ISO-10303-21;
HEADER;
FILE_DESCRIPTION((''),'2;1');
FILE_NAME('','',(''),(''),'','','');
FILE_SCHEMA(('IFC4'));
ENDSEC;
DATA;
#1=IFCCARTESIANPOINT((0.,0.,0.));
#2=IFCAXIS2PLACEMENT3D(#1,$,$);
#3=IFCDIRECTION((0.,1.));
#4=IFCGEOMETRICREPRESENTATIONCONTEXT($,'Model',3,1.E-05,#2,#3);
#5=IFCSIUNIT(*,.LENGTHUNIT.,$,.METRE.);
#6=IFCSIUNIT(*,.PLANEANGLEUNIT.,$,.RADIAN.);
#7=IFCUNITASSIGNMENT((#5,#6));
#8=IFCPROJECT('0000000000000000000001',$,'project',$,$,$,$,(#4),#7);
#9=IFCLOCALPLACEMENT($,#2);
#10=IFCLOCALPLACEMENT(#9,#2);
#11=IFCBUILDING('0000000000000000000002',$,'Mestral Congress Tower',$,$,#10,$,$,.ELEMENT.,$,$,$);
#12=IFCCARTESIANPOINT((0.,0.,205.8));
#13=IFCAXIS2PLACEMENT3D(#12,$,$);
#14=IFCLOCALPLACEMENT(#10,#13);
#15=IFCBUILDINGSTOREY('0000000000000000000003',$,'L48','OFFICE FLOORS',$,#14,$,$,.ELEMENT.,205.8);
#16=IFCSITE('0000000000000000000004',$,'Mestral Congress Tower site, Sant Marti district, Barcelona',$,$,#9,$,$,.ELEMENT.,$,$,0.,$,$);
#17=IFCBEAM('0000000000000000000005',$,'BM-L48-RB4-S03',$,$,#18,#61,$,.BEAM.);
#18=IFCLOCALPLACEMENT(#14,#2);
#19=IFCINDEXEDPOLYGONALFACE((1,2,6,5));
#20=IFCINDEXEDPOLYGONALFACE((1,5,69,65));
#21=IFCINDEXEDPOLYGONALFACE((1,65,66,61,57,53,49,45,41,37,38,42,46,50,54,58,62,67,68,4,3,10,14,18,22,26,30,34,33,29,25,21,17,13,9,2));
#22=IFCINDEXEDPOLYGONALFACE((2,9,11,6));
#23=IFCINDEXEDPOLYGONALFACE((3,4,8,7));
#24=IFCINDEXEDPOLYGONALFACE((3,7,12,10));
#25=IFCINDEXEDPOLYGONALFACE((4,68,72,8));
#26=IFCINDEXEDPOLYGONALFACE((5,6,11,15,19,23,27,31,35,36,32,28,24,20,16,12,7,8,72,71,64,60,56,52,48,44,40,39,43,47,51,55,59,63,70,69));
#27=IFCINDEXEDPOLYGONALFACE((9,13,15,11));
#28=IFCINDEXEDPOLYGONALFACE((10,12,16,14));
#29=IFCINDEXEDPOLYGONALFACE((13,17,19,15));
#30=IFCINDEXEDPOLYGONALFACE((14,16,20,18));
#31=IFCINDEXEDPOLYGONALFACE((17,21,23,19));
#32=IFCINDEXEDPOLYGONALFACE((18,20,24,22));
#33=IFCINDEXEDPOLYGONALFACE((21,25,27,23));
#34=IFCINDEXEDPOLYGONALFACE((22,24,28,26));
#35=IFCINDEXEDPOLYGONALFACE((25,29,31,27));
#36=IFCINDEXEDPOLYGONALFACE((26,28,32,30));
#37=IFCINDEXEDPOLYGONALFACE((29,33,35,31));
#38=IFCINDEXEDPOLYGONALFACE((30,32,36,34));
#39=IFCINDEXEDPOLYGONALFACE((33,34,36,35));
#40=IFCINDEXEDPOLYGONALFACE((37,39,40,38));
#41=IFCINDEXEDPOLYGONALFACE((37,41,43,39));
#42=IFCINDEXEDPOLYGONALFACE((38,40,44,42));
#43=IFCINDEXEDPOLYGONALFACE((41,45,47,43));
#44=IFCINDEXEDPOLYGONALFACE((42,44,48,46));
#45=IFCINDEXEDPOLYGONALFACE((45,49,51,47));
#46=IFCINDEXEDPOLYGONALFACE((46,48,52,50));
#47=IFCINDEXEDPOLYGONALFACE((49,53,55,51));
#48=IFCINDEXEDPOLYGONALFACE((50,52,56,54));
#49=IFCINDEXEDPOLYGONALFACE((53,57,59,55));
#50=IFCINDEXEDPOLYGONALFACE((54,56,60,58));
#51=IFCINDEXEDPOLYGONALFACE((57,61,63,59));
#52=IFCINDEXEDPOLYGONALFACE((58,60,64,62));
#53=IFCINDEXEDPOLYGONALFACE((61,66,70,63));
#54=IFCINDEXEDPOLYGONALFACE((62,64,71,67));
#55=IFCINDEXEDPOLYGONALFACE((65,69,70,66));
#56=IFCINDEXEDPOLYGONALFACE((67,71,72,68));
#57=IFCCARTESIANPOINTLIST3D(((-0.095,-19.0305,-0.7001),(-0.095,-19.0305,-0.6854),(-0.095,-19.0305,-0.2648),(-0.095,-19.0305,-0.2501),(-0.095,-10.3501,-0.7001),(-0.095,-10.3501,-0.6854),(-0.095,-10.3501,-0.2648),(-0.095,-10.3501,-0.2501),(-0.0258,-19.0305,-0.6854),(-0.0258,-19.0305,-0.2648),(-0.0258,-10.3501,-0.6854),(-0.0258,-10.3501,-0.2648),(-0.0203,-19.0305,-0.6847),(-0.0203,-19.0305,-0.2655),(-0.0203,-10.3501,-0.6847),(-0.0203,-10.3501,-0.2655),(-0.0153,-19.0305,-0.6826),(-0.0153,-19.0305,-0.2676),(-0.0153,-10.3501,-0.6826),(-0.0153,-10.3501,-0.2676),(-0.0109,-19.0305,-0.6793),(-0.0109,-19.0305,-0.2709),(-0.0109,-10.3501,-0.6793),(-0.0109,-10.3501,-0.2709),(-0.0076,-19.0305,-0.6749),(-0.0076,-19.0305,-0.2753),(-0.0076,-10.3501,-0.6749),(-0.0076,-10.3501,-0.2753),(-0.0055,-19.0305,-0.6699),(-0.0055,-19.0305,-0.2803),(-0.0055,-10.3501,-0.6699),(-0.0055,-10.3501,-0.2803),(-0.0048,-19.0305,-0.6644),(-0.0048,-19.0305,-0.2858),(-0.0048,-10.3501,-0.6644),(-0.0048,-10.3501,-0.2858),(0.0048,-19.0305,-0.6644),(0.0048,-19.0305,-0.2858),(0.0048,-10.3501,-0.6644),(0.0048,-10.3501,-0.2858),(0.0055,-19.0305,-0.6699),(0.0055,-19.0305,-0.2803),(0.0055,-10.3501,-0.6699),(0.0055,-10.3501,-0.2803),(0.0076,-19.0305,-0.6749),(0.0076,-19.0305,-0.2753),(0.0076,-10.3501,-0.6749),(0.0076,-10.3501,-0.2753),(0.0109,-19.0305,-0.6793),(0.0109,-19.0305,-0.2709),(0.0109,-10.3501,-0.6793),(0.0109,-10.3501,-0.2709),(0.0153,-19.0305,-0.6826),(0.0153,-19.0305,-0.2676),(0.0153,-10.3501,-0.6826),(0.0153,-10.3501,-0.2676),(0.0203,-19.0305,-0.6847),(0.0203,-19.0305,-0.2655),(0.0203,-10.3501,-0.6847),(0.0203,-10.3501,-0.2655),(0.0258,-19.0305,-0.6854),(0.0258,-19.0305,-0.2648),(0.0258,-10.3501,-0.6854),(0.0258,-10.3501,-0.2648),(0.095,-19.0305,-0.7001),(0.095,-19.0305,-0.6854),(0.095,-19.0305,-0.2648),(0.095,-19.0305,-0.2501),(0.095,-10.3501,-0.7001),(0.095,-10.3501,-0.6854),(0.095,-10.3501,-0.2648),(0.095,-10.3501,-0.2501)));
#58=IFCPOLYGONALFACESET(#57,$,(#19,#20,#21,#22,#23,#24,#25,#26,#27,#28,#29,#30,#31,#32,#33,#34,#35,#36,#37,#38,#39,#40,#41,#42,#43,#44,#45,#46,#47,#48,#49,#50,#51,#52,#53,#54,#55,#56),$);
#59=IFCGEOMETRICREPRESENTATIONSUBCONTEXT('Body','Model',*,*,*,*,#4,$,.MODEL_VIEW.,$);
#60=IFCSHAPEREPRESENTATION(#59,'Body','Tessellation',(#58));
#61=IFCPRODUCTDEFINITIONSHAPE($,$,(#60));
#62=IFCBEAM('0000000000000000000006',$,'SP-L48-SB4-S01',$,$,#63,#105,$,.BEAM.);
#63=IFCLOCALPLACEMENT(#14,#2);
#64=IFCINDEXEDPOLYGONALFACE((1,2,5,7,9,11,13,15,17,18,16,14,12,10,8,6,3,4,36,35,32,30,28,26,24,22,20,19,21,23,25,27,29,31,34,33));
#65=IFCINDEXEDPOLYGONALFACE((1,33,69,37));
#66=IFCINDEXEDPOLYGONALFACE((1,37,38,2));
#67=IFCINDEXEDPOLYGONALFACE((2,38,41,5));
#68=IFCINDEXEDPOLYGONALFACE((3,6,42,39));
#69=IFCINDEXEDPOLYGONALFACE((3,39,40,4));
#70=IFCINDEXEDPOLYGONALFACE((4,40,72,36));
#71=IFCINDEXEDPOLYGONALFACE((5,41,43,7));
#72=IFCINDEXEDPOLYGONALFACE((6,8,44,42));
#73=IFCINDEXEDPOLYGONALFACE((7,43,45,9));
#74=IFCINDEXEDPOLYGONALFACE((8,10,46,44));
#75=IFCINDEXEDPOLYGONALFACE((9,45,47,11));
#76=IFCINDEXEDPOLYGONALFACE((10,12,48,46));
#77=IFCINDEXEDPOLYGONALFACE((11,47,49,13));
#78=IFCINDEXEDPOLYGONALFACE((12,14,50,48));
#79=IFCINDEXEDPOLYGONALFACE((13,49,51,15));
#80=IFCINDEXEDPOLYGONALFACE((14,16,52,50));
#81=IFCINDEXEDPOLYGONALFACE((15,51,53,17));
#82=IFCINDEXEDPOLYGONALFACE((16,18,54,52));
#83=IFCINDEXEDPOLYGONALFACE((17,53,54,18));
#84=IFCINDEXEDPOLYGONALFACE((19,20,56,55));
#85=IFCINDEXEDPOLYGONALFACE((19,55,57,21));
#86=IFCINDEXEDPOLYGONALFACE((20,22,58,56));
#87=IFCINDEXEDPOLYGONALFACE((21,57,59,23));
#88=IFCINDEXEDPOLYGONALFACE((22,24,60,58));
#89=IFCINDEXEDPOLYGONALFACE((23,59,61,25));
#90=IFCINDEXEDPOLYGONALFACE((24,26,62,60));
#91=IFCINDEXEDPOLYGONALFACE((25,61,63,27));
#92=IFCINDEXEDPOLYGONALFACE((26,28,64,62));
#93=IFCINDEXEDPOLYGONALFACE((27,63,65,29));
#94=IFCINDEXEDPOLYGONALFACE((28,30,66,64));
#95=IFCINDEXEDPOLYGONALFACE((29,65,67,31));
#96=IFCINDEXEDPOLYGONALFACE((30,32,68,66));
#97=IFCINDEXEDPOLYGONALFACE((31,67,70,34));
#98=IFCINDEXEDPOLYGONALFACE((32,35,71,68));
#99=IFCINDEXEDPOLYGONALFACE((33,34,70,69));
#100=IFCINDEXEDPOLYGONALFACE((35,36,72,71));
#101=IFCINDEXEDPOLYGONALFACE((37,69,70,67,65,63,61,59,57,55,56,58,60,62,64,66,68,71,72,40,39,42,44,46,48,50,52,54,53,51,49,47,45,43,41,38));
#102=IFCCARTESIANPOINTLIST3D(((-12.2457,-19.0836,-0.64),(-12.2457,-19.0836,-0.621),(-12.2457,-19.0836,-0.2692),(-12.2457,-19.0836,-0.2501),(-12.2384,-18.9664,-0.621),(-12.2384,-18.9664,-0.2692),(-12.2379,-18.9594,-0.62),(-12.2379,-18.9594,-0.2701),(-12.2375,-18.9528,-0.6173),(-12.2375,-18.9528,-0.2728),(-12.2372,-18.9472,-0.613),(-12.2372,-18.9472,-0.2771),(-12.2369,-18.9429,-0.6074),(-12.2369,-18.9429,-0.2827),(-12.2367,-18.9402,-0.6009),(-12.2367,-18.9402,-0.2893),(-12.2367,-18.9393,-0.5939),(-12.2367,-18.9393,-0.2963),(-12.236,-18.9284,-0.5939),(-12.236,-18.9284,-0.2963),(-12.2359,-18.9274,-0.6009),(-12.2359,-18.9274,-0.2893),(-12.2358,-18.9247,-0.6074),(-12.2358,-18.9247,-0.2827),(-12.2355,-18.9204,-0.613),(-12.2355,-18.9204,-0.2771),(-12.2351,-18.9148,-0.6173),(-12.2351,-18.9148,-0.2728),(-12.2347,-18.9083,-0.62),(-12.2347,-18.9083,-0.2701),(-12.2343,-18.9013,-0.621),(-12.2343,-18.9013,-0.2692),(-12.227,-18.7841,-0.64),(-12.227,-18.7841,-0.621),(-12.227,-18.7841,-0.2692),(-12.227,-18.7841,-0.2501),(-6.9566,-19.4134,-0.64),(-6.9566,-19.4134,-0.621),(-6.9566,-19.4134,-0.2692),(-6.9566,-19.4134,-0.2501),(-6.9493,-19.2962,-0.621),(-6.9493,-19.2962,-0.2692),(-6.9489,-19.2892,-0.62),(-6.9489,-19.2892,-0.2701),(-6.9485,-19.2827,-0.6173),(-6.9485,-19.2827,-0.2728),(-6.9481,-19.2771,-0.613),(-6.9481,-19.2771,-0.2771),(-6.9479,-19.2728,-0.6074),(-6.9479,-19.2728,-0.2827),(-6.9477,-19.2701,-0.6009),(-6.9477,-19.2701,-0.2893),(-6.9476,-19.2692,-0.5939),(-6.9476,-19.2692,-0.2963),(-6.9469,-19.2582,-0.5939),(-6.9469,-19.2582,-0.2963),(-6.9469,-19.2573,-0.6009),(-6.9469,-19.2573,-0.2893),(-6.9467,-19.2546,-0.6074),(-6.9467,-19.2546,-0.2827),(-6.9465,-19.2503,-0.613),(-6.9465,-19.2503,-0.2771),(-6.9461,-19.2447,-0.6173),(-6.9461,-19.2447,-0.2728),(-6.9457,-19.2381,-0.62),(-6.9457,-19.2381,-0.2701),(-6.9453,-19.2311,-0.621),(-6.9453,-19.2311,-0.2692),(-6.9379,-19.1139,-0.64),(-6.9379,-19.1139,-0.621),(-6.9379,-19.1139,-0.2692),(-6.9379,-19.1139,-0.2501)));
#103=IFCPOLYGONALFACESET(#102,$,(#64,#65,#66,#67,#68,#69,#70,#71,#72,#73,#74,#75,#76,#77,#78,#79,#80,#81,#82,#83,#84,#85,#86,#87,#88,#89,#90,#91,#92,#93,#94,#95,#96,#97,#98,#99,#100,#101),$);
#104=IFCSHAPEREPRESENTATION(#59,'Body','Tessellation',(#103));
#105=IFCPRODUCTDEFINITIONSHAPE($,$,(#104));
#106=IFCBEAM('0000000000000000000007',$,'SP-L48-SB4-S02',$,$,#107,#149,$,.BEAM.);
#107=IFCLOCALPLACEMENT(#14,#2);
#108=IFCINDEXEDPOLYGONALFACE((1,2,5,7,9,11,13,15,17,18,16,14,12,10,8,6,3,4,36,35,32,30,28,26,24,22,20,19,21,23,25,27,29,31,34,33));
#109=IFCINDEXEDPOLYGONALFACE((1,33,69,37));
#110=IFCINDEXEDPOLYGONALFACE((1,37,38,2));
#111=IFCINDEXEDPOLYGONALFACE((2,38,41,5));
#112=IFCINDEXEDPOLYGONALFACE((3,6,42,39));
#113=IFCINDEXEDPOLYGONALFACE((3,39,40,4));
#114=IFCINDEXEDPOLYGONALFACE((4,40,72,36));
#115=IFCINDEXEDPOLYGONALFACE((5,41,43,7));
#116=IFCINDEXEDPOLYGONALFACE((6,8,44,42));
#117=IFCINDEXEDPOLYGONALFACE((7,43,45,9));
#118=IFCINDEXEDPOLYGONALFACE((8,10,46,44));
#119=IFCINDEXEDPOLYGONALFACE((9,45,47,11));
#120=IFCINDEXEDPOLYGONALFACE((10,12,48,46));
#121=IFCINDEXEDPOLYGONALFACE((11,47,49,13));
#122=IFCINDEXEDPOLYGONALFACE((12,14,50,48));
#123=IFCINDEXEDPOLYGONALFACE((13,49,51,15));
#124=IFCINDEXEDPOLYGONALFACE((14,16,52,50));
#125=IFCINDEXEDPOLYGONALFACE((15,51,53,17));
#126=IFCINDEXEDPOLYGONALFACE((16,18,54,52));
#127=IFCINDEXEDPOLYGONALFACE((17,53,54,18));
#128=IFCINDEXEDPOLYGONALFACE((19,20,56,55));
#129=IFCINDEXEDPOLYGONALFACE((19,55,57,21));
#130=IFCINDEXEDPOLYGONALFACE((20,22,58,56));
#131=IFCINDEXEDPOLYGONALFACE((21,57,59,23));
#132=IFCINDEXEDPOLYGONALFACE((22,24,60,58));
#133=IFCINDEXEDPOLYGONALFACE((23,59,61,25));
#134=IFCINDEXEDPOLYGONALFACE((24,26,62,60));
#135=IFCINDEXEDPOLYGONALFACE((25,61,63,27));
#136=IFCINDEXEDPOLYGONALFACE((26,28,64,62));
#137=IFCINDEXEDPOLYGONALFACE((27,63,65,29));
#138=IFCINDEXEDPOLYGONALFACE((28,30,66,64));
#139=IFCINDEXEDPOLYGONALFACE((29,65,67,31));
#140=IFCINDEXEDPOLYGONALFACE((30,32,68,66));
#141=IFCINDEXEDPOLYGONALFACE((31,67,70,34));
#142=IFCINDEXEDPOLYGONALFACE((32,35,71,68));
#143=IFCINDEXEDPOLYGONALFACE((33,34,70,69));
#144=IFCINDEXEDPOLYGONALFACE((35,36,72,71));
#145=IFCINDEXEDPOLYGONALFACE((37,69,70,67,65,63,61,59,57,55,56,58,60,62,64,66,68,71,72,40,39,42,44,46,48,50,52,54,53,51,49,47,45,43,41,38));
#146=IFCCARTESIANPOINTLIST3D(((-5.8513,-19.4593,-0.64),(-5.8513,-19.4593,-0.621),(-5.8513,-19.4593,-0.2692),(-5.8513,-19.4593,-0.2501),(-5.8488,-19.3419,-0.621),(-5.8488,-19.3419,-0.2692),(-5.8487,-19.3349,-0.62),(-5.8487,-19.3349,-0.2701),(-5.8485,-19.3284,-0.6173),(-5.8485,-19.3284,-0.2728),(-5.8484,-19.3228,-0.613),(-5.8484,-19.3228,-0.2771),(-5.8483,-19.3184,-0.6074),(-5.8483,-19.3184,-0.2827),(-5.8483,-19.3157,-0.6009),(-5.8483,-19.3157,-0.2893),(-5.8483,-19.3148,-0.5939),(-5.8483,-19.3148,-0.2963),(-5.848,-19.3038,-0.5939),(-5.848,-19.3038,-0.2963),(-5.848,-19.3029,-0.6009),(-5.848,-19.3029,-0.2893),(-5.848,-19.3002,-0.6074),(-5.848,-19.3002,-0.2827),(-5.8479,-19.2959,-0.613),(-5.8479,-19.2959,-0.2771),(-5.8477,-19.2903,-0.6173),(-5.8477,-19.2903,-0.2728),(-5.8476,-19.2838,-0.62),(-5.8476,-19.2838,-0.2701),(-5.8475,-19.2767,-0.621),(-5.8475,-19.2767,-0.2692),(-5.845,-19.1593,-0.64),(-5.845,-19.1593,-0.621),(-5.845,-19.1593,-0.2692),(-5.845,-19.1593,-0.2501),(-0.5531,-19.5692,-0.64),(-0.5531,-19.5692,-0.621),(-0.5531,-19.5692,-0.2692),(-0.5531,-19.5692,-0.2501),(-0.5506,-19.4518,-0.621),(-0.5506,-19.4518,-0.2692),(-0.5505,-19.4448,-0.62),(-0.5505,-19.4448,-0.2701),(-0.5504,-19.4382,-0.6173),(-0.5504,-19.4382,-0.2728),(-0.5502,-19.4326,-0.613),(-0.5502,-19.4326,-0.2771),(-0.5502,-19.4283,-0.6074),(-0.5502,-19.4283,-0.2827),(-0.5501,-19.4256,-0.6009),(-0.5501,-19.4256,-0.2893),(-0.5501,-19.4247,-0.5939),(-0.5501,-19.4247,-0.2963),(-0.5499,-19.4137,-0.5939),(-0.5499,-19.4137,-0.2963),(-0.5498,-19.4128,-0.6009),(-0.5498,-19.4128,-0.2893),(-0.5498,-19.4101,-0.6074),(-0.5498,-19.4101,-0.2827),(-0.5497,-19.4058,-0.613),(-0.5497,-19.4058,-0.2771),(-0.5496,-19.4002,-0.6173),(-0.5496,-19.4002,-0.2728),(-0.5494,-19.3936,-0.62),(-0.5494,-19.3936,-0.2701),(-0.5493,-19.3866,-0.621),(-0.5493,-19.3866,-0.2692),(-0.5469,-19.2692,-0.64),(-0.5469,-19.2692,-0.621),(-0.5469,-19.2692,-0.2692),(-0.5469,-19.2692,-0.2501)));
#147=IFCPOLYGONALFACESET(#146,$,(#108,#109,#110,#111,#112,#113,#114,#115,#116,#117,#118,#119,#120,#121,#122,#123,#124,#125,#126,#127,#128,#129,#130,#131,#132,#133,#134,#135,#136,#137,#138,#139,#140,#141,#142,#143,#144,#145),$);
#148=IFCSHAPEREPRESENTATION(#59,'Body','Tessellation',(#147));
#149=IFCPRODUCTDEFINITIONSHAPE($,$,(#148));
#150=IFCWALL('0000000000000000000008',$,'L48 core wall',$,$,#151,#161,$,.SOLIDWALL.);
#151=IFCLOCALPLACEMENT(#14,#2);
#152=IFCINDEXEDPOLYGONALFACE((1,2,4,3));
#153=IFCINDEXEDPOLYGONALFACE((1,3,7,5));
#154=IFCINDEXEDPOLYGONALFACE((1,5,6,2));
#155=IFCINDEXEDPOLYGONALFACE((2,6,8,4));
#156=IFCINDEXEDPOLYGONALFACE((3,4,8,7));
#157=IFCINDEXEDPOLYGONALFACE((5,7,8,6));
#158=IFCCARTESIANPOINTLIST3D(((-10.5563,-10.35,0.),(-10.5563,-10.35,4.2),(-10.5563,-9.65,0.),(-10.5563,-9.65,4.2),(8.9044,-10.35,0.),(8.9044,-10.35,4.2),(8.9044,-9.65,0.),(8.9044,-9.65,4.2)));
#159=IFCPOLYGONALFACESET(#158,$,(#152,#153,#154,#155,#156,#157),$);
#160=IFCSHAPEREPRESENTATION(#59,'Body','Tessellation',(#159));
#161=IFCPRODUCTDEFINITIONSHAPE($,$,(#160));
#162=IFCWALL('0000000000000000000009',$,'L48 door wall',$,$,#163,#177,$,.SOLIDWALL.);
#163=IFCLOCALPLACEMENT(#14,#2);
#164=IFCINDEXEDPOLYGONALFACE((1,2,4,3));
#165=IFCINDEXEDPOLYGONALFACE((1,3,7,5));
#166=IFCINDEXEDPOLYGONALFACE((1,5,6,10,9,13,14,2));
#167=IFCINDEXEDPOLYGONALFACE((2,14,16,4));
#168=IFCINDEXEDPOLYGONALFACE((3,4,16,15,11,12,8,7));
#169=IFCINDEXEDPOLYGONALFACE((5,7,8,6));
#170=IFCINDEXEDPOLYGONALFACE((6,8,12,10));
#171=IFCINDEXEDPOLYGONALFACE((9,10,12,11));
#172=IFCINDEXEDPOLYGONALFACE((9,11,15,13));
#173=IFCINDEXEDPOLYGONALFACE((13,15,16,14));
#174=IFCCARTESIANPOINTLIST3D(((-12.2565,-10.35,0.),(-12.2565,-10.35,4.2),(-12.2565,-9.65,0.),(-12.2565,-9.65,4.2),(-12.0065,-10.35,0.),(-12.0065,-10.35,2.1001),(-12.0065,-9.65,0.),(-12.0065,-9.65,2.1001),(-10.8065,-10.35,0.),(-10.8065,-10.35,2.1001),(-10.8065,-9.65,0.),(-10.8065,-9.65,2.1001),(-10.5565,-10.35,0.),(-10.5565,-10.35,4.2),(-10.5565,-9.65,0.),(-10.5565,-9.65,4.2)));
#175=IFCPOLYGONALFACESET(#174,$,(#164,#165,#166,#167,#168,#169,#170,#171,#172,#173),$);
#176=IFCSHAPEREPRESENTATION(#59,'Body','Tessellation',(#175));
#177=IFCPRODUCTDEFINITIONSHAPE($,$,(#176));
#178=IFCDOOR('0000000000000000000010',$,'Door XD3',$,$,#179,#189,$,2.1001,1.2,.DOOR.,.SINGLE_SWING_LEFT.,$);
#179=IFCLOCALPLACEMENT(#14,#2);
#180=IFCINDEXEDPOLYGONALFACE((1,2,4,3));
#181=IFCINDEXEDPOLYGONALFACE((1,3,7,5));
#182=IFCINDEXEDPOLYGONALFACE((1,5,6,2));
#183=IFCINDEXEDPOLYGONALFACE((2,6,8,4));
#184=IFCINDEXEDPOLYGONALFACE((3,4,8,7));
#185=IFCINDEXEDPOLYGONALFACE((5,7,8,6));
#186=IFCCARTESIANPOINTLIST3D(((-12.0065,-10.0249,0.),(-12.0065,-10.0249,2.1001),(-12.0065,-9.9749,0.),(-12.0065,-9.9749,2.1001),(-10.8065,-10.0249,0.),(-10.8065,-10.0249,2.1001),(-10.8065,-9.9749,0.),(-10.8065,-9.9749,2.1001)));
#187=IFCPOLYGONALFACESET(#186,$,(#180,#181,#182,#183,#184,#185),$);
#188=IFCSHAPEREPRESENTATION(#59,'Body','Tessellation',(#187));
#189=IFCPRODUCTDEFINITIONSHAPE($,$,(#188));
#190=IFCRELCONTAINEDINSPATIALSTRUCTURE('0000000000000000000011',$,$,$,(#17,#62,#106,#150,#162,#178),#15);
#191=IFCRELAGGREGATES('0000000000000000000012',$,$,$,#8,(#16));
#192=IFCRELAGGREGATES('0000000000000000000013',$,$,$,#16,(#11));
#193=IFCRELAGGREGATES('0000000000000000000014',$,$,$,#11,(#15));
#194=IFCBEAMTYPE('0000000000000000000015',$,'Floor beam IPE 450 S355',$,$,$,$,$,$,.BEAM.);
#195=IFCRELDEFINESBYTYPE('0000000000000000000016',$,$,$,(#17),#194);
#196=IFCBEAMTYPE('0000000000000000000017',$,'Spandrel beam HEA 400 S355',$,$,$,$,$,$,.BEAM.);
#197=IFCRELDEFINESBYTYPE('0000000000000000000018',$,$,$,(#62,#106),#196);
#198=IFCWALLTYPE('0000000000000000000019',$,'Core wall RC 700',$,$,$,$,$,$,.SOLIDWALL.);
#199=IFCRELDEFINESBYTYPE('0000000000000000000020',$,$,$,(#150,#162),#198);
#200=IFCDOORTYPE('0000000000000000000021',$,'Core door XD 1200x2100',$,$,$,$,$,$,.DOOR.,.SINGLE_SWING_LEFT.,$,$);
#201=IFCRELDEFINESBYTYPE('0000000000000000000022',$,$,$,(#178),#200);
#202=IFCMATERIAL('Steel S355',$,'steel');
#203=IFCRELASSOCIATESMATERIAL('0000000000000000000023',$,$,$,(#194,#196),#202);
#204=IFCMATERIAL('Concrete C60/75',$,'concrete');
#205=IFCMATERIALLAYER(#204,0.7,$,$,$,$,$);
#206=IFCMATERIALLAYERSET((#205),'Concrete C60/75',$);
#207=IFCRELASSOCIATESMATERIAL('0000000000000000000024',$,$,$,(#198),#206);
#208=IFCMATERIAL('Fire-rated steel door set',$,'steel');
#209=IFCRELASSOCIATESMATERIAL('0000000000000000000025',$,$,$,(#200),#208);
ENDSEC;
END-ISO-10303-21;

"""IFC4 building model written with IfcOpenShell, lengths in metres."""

from ifc_helpers import new_model, si_unit, direction, frame, frame_2d, origin, origin_2d, place, context, subcontext, project, spatial, rectangle, i_section, extrude, material, layer, layer_set, material_profile, profile_set, type_object, element, fill, save


model = new_model("IFC4")

# Units and contexts
model_context = context("Model", 3, precision=1e-05, world=origin(), true_north=direction((0.0, 1.0)))
body_context = subcontext(model_context, "Body", "Model", "MODEL_VIEW")
ifc_project = project(units=[si_unit("LENGTHUNIT", "METRE"), si_unit("PLANEANGLEUNIT", "RADIAN")], contexts=[model_context])

# Site, building, storey
site_placement = place(None, origin())
site = spatial("IfcSite", under=ifc_project, at=site_placement, Name="Mestral Congress Tower site, Sant Marti district, Barcelona", CompositionType="ELEMENT", RefElevation=0.0)
building_placement = place(site_placement, origin())
building = spatial("IfcBuilding", under=site, at=building_placement, Name="Mestral Congress Tower", CompositionType="ELEMENT")
storey_placement = place(building_placement, frame((0.0, 0.0, 205.8)))
storey = spatial("IfcBuildingStorey", under=building, at=storey_placement, Name="L48", Description="OFFICE FLOORS", CompositionType="ELEMENT", Elevation=205.8)

# Shared definitions
ifc_material_1 = material(Name="Concrete C60/75", Category="concrete")

# Beams
ifc_material_2 = material(Name="Steel S355", Category="steel")
ifc_material_profile_1 = material_profile(ifc_material_2, i_section(OverallWidth=0.1899, OverallDepth=0.45, WebThickness=0.0095, FlangeThickness=0.0146, FilletRadius=0.021, at=origin_2d()), Name="IPE 450")
ifc_profile_set_1 = profile_set([ifc_material_profile_1], Name="Steel S355")
beam_type_1 = type_object("IfcBeamType", Name="Floor beam IPE 450 S355", PredefinedType="BEAM", material=ifc_profile_set_1)
beam_1_placement = place(storey_placement, frame((0.0, -19.0305, -0.4751), z_axis=(0.0, 1.0, 0.0), x_axis=(-1.0, 0.0, 0.0)))
element("IfcBeam", 1, at=beam_1_placement, inside=storey, type_object=beam_type_1, Name="BM-L48-RB4-S03", PredefinedType="BEAM", context=body_context, shape_type="SweptSolid", body=[
    extrude(i_section(OverallWidth=0.1899, OverallDepth=0.45, WebThickness=0.0095, FlangeThickness=0.0146, FilletRadius=0.021, at=origin_2d()), origin(), (0.0, 0.0, 1.0), 8.6804),
])
ifc_material_profile_2 = material_profile(ifc_material_2, i_section(OverallWidth=0.3, OverallDepth=0.3899, WebThickness=0.011, FlangeThickness=0.019, FilletRadius=0.0271, at=origin_2d()), Name="HEA 400")
ifc_profile_set_2 = profile_set([ifc_material_profile_2], Name="Steel S355")
beam_type_2 = type_object("IfcBeamType", Name="Spandrel beam HEA 400 S355", PredefinedType="BEAM", material=ifc_profile_set_2)
for number, where, z_axis, x_axis, name in (
    (2, (-12.2363, -18.9338, -0.4451), (0.998061, -0.062241, 0.0), (0.062241, 0.998061, 0.0), "SP-L48-SB4-S01"),
    (3, (-5.8481, -19.3093, -0.4451), (0.999785, -0.020732, 0.0), (0.020732, 0.999785, 0.0), "SP-L48-SB4-S02"),
):
    element("IfcBeam", number, at=place(storey_placement, frame(where, z_axis=z_axis, x_axis=x_axis)), inside=storey, type_object=beam_type_2, Name=name, PredefinedType="BEAM", context=body_context, shape_type="SweptSolid", body=[
        extrude(i_section(OverallWidth=0.3, OverallDepth=0.3899, WebThickness=0.011, FlangeThickness=0.019, FilletRadius=0.0271, at=origin_2d()), origin(), (0.0, 0.0, 1.0), 5.2993),
    ])

# Wall
ifc_layer_1 = layer(ifc_material_1, 0.7)
ifc_layer_set_1 = layer_set([ifc_layer_1], Name="Concrete C60/75")
wall_type_1 = type_object("IfcWallType", Name="Core wall RC 700", PredefinedType="SOLIDWALL", material=ifc_layer_set_1)
wall_1_placement = place(storey_placement, frame((-10.5564, -10.0, 0.0), z_axis=(0.0, 0.0, 1.0), x_axis=(1.0, 0.0, 0.0)))
element("IfcWall", 4, at=wall_1_placement, inside=storey, type_object=wall_type_1, Name="L48 core wall", PredefinedType="SOLIDWALL", context=body_context, shape_type="SweptSolid", body=[
    extrude(rectangle(XDim=19.4607, YDim=0.7, at=frame_2d((9.7305, 0.0))), origin(), (0.0, 0.0, 1.0), 4.2),
])

# Wall, opening, door
wall_2_placement = place(storey_placement, frame((-10.5564, -10.0, 0.0), z_axis=(0.0, 0.0, 1.0), x_axis=(-1.0, 0.0, 0.0)))
wall_2 = element("IfcWall", 5, at=wall_2_placement, inside=storey, type_object=wall_type_1, Name="L48 door wall", PredefinedType="SOLIDWALL", context=body_context, shape_type="SweptSolid", body=[
    extrude(rectangle(XDim=1.7, YDim=0.7, at=frame_2d((0.8501, 0.0))), origin(), (0.0, 0.0, 1.0), 4.2),
])
opening_1_placement = place(wall_2_placement, frame((0.25, 0.0, 0.0)))
opening_1 = element("IfcOpeningElement", 6, at=opening_1_placement, cuts=wall_2, PredefinedType="OPENING", context=body_context, shape_type="SweptSolid", body=[
    extrude(rectangle(XDim=1.2, YDim=2.1001, at=frame_2d((0.6001, 1.05))), frame((0.0, 0.3599, 0.0), z_axis=(0.0, -1.0, 0.0), x_axis=(1.0, 0.0, 0.0)), (0.0, 0.0, 1.0), 0.72),
])
ifc_material_3 = material(Name="Fire-rated steel door set", Category="steel")
door_type_1 = type_object("IfcDoorType", Name="Core door XD 1200x2100", OperationType="SINGLE_SWING_LEFT", PredefinedType="DOOR", material=ifc_material_3)
door_1_placement = place(opening_1_placement, origin())
door_1 = element("IfcDoor", 7, at=door_1_placement, inside=storey, type_object=door_type_1, Name="Door XD3", OperationType="SINGLE_SWING_LEFT", OverallHeight=2.1001, OverallWidth=1.2, PredefinedType="DOOR", context=body_context, shape_type="SweptSolid", body=[
    extrude(rectangle(XDim=1.2, YDim=2.1001, at=frame_2d((0.6001, 1.05))), frame((0.0, 0.0249, 0.0), z_axis=(0.0, -1.0, 0.0), x_axis=(1.0, 0.0, 0.0)), (0.0, 0.0, 1.0), 0.05),
])
fill(opening_1, door_1)

save(model, "model.ifc")
